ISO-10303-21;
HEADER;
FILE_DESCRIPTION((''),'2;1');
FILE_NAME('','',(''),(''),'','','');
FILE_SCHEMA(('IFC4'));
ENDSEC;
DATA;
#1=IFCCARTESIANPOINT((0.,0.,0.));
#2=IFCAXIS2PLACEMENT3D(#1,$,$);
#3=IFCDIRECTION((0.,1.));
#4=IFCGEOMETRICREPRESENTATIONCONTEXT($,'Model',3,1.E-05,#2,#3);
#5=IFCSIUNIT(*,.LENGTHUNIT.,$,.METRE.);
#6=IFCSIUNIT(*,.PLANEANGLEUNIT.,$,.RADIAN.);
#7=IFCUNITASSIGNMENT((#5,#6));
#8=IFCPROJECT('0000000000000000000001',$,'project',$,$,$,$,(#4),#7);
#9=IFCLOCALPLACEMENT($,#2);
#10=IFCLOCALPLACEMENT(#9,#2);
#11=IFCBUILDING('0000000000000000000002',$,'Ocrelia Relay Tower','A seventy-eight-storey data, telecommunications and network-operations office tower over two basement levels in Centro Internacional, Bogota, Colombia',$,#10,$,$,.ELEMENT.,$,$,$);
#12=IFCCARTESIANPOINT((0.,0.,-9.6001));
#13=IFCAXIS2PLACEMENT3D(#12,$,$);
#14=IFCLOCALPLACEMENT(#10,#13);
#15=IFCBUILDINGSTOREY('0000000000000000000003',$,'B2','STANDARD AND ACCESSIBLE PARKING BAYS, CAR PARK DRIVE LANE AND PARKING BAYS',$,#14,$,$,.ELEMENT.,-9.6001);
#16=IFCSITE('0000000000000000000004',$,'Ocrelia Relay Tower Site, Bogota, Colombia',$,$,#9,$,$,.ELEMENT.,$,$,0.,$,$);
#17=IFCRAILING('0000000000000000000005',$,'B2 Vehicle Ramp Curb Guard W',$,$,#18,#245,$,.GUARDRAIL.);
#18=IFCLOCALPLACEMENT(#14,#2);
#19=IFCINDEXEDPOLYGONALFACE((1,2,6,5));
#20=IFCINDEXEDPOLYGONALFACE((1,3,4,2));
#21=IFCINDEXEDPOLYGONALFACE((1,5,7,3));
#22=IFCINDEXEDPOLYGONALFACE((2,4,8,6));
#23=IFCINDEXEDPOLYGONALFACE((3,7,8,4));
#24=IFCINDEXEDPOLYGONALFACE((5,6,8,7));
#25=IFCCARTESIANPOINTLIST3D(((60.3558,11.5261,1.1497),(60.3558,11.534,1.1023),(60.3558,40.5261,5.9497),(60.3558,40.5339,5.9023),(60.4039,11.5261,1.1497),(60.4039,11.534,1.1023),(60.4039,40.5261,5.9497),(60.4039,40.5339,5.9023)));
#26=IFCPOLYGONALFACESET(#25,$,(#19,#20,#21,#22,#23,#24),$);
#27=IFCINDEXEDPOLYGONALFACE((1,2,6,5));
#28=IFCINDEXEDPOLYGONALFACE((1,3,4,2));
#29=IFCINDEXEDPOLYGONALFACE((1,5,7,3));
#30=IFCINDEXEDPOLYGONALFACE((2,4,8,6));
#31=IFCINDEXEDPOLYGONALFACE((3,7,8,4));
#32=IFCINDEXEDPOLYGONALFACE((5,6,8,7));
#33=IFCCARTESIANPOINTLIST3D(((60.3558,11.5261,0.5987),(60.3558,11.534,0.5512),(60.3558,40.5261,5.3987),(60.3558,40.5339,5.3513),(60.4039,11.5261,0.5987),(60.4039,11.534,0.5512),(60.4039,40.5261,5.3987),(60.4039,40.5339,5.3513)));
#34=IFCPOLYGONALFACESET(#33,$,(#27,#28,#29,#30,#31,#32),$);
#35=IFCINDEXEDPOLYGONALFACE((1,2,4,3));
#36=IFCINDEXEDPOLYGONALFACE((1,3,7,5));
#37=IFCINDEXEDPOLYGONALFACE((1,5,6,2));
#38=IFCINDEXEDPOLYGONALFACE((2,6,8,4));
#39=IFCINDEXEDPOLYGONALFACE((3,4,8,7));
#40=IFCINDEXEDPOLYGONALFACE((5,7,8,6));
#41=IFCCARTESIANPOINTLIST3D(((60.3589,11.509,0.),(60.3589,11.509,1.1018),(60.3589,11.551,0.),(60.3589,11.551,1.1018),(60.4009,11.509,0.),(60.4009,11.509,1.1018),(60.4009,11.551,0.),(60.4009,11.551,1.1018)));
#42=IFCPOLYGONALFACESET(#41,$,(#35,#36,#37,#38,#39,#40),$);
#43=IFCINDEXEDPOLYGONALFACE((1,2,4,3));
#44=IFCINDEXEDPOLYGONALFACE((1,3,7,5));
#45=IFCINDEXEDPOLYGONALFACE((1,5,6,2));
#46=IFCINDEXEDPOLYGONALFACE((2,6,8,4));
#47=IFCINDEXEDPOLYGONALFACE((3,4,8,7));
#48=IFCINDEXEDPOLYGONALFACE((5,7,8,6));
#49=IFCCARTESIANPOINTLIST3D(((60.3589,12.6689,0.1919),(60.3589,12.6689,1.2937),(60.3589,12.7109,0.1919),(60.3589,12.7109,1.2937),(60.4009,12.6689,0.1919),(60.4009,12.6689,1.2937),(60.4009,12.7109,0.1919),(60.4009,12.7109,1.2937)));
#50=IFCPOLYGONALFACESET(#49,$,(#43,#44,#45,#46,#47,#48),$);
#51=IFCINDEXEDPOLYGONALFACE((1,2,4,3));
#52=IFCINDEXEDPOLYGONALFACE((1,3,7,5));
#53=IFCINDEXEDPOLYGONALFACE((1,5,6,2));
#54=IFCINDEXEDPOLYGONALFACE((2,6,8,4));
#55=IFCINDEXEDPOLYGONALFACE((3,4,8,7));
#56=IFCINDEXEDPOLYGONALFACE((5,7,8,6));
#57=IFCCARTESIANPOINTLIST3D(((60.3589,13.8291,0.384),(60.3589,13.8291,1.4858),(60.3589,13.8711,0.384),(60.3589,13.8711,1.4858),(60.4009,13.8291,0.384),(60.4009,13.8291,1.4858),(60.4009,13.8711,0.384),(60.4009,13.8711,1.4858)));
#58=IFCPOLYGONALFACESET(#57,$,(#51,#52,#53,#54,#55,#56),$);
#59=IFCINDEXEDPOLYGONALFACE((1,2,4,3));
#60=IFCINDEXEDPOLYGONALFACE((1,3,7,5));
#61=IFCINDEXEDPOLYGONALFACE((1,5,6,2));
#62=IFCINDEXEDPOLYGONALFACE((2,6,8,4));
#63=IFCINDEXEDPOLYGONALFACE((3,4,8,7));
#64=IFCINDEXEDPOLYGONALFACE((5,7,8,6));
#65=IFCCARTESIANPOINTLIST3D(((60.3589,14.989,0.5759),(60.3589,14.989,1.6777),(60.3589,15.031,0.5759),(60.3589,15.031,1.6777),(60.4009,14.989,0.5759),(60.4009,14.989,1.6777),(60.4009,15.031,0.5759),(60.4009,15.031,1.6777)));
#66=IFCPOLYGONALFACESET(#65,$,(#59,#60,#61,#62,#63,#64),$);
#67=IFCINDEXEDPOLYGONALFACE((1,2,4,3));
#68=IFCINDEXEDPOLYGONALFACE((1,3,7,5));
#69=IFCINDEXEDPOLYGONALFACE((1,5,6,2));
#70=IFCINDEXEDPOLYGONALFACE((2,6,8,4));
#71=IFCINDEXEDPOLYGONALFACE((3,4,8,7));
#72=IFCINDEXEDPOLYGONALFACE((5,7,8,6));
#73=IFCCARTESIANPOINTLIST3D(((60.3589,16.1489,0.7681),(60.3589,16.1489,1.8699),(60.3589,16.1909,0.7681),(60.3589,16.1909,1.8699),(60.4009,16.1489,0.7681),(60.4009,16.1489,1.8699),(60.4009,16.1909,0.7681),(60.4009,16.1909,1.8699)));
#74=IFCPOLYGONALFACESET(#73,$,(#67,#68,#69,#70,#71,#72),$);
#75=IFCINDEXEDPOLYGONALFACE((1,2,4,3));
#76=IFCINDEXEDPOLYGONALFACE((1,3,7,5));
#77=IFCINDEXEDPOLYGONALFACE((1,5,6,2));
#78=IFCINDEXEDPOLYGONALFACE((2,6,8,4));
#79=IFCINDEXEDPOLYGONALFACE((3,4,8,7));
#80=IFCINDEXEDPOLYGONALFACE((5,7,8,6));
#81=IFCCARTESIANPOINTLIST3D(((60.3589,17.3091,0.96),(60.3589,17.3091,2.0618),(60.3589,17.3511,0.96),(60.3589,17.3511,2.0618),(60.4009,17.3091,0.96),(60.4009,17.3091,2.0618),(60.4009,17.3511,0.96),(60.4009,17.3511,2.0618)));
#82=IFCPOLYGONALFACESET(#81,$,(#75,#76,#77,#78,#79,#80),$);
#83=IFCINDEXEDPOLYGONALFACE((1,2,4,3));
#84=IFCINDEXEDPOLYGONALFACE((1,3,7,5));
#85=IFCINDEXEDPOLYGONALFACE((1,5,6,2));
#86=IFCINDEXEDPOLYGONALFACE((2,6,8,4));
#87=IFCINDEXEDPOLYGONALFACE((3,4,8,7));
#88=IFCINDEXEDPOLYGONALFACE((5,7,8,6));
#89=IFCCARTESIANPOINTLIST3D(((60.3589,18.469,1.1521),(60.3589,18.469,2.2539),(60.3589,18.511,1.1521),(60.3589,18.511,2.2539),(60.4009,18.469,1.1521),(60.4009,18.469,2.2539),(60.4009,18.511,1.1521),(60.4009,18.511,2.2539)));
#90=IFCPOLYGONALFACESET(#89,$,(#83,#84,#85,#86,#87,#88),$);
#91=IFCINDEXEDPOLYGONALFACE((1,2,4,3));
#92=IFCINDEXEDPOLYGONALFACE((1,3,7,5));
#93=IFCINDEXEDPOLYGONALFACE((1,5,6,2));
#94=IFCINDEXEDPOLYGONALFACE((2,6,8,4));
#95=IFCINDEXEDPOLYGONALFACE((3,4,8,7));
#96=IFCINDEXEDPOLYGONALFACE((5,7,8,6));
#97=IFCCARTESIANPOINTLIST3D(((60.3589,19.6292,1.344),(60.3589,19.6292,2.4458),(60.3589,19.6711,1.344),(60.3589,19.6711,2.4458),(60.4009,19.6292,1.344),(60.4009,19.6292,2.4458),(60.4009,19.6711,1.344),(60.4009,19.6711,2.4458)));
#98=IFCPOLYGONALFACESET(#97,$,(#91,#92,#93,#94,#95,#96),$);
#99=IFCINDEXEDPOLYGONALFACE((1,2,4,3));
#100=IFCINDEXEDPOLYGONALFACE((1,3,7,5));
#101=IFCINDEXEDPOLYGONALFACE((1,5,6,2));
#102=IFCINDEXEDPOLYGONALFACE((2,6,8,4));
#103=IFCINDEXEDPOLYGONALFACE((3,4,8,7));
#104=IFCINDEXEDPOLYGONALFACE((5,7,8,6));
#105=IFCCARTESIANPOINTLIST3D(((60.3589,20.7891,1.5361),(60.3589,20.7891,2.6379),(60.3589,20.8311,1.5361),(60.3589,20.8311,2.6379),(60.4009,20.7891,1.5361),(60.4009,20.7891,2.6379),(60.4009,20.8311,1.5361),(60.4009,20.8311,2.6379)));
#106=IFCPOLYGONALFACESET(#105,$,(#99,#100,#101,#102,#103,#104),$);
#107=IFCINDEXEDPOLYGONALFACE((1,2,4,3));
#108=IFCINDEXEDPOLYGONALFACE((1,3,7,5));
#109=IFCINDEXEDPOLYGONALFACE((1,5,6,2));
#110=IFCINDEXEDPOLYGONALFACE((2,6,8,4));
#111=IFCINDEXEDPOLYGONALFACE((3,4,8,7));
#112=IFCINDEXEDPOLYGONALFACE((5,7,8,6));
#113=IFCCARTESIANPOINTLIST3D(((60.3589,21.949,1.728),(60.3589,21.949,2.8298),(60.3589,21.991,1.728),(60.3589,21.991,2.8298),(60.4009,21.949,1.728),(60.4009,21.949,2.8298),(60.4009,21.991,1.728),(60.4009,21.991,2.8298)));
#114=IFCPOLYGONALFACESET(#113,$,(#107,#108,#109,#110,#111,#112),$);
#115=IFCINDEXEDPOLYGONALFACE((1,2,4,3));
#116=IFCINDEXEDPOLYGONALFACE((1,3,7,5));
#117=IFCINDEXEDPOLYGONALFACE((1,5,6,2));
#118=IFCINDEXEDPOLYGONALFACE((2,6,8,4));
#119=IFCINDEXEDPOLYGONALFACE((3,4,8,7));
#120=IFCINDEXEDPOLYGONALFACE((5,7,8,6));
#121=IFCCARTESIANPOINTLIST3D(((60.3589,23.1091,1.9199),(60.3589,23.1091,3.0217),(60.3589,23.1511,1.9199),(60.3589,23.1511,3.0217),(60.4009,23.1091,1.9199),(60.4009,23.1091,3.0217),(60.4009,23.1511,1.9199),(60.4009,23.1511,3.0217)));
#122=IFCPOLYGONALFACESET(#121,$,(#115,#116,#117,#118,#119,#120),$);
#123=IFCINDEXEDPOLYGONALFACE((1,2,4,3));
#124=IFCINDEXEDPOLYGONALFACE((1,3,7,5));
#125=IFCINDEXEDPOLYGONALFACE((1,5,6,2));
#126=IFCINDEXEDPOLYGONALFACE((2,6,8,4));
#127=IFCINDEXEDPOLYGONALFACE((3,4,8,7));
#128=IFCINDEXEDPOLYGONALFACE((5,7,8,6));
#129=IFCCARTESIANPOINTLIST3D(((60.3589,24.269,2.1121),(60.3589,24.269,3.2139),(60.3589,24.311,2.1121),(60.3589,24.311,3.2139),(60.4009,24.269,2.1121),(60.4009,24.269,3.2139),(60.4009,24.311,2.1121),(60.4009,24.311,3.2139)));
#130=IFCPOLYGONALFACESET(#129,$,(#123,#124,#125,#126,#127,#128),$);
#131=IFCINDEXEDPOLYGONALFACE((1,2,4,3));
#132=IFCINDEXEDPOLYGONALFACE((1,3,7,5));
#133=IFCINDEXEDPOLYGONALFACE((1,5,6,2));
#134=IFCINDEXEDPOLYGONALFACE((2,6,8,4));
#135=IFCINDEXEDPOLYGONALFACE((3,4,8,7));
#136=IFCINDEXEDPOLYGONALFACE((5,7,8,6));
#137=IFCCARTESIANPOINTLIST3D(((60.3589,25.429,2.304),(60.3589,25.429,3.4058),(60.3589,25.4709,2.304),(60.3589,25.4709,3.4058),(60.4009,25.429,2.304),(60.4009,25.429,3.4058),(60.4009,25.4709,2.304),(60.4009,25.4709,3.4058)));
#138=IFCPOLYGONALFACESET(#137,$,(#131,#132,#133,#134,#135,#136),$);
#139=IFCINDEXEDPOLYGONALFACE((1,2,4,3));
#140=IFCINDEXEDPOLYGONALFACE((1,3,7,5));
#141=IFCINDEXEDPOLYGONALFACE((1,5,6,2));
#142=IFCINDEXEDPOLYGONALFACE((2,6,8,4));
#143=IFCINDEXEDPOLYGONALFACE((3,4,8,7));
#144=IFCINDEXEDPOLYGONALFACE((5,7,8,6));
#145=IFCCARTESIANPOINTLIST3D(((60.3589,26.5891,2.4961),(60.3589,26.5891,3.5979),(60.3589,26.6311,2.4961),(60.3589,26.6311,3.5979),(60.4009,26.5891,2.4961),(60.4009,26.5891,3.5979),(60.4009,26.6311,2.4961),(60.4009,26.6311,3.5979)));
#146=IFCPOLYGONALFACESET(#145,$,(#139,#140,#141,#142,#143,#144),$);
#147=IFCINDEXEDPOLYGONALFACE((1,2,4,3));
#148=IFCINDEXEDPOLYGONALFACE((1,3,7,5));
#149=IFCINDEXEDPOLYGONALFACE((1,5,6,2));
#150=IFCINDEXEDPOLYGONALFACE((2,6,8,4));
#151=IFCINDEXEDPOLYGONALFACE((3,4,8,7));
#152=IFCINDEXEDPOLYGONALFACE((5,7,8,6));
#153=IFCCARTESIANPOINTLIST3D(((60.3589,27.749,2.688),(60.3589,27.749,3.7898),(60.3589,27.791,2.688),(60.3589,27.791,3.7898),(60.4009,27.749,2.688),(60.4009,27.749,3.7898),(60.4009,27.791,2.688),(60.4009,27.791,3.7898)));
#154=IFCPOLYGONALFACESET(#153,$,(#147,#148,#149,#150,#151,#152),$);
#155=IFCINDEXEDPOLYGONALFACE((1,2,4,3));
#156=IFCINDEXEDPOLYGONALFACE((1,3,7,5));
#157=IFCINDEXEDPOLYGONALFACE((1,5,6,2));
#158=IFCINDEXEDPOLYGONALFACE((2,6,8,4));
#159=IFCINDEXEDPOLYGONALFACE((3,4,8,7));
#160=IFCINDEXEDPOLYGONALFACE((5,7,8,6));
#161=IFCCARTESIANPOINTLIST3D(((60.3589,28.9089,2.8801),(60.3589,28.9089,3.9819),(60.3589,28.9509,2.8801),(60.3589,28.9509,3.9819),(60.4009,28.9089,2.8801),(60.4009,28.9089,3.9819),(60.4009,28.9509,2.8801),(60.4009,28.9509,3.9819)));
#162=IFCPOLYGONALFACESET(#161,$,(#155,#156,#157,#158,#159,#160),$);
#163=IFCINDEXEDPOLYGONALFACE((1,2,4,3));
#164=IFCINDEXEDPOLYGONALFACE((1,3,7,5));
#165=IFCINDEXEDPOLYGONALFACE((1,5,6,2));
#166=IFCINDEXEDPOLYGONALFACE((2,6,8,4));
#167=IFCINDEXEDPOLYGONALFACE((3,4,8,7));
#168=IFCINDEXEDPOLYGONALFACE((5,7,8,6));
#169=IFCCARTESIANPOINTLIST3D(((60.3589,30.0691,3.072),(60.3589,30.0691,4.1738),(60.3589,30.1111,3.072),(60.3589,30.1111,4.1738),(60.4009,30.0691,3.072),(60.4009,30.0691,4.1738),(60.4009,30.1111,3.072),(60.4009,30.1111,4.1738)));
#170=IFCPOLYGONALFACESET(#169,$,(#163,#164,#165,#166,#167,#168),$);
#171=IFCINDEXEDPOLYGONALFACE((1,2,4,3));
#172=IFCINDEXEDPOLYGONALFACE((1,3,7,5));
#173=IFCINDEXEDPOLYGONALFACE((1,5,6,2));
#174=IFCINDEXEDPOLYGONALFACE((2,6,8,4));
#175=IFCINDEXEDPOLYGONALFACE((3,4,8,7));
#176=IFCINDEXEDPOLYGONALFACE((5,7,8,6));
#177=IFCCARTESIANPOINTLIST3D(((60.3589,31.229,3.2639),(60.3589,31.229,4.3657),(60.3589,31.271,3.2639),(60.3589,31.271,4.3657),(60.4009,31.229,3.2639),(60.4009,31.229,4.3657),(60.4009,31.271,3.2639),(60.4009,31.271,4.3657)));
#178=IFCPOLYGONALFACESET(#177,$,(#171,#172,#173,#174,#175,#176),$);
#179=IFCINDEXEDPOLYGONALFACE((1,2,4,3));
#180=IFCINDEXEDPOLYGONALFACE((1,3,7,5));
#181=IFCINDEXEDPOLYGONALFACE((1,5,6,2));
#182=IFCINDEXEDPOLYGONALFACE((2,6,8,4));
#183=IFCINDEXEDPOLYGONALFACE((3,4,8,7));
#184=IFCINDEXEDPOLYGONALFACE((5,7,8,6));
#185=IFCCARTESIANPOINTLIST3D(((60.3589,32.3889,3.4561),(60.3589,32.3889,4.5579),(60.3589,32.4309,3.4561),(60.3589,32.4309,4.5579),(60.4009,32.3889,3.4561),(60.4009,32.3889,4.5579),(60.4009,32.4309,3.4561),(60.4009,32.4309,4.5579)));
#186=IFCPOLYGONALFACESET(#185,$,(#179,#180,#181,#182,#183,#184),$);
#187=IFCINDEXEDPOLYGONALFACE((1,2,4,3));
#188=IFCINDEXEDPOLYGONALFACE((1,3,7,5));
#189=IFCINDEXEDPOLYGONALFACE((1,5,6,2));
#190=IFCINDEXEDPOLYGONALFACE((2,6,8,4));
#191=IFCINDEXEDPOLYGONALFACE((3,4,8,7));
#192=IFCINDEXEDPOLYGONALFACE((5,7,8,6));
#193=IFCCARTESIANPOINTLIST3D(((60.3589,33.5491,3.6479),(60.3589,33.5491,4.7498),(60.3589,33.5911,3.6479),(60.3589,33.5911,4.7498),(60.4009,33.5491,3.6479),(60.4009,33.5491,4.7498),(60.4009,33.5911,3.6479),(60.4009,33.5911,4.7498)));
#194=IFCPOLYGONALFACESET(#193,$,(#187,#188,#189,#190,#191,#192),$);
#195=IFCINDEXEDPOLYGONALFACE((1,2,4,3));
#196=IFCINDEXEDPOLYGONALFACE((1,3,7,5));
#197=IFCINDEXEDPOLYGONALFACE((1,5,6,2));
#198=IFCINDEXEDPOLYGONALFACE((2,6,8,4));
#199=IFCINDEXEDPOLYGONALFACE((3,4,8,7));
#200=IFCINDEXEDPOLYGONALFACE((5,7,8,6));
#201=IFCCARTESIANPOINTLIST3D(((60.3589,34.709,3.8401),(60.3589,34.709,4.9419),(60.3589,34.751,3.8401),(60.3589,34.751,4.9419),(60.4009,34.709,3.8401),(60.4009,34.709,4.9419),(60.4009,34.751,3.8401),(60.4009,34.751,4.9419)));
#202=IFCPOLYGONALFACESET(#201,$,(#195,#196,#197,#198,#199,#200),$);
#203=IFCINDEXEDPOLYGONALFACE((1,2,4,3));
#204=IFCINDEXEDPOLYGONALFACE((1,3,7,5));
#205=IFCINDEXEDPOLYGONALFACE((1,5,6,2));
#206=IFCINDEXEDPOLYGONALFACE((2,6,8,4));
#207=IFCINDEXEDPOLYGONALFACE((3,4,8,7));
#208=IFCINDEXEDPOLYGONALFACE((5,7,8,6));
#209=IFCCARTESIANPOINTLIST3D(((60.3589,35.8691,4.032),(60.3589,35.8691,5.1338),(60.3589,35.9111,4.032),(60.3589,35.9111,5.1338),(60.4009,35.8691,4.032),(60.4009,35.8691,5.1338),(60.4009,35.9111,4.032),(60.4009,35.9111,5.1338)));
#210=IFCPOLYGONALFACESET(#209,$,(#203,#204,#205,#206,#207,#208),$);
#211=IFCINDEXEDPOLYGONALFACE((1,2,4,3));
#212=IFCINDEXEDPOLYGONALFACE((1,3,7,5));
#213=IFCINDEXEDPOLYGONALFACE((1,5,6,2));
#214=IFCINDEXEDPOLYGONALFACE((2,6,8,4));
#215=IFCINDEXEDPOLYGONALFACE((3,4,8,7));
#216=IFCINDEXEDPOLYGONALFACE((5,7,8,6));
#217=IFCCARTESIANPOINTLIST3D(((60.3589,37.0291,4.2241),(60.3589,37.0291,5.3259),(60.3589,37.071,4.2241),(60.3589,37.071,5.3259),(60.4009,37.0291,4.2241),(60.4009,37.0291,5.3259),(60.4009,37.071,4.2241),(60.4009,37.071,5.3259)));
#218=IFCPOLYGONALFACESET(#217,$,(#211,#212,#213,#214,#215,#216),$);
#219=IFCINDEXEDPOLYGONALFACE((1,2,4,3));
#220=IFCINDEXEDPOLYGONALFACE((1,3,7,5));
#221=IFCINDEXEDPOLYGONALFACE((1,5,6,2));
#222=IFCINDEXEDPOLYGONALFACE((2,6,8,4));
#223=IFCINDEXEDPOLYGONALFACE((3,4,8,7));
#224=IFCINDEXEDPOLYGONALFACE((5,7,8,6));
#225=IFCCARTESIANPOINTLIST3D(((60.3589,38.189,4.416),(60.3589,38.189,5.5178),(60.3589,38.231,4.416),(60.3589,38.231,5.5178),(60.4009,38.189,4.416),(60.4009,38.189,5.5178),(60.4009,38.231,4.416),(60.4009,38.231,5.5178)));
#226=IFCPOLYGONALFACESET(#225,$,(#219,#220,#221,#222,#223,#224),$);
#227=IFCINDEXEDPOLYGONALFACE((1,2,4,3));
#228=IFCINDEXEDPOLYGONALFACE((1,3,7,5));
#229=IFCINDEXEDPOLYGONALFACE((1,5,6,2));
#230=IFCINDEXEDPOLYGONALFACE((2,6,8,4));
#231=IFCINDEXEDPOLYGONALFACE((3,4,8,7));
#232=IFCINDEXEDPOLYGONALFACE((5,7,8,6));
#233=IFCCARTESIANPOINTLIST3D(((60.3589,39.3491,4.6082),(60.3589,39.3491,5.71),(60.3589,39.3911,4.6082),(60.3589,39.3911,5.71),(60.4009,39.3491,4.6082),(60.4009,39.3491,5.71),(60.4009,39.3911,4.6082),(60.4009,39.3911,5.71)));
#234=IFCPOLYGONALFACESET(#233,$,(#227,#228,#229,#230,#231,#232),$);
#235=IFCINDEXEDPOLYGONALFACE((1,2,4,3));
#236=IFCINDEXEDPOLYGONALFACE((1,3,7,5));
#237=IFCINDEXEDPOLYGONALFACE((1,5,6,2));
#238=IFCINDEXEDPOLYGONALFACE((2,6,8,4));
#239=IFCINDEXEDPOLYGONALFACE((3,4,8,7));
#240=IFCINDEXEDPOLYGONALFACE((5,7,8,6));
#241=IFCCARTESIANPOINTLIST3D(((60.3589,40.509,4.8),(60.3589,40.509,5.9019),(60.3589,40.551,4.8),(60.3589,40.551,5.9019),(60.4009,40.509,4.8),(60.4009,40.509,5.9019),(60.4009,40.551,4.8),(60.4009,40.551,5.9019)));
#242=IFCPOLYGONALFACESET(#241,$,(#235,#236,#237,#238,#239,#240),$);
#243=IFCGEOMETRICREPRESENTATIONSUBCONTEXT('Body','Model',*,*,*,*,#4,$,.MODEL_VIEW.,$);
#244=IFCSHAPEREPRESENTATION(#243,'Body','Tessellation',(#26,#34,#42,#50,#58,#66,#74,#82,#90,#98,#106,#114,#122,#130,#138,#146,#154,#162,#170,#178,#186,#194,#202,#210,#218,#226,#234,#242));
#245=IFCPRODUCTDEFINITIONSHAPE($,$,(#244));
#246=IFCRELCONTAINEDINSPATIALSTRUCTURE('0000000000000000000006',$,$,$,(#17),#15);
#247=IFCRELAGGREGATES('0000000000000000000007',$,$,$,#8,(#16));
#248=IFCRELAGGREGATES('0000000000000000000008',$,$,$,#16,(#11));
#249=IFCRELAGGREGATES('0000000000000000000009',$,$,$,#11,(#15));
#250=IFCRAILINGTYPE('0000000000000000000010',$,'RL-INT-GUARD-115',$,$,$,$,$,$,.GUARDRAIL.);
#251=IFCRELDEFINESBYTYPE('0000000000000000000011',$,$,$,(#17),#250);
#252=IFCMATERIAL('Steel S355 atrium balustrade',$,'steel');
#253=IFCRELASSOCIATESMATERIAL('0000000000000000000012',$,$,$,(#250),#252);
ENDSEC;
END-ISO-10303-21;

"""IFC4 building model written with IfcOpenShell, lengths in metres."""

from ifc_helpers import new_model, si_unit, direction, frame, origin, origin_2d, place, context, subcontext, project, spatial, rectangle, extrude, material, type_object, element, save


model = new_model("IFC4")

# Units and contexts
model_context = context("Model", 3, precision=1e-05, world=origin(), true_north=direction((0.0, 1.0)))
body_context = subcontext(model_context, "Body", "Model", "MODEL_VIEW")
ifc_project = project(units=[si_unit("LENGTHUNIT", "METRE"), si_unit("PLANEANGLEUNIT", "RADIAN")], contexts=[model_context])

# Site, building, storey
site_placement = place(None, origin())
site = spatial("IfcSite", under=ifc_project, at=site_placement, Name="Ocrelia Relay Tower Site, Bogota, Colombia", CompositionType="ELEMENT", RefElevation=0.0)
building_placement = place(site_placement, origin())
building = spatial("IfcBuilding", under=site, at=building_placement, Name="Ocrelia Relay Tower", Description="A seventy-eight-storey data, telecommunications and network-operations office tower over two basement levels in Centro Internacional, Bogota, Colombia", CompositionType="ELEMENT")
storey_placement = place(building_placement, frame((0.0, 0.0, -9.6001)))
storey = spatial("IfcBuildingStorey", under=building, at=storey_placement, Name="B2", Description="STANDARD AND ACCESSIBLE PARKING BAYS, CAR PARK DRIVE LANE AND PARKING BAYS", CompositionType="ELEMENT", Elevation=-9.6001)

# Railing
ifc_material_1 = material(Name="Steel S355 atrium balustrade", Category="steel")
railing_type = type_object("IfcRailingType", Name="RL-INT-GUARD-115", PredefinedType="GUARDRAIL", material=ifc_material_1)
railing_1_placement = place(storey_placement, frame((60.3799, 11.53, 0.0)))
element("IfcRailing", 1, at=railing_1_placement, inside=storey, type_object=railing_type, Name="B2 Vehicle Ramp Curb Guard W", PredefinedType="GUARDRAIL", context=body_context, shape_type="SweptSolid", body=[
    extrude(rectangle(XDim=0.0481, YDim=0.0481, at=origin_2d()), frame((0.0, 0.0, 1.126), z_axis=(0.0, 0.986577, 0.163297), x_axis=(-1.0, 0.0, 0.0)), (0.0, 0.0, 1.0), 29.3945),
    extrude(rectangle(XDim=0.0481, YDim=0.0481, at=origin_2d()), frame((0.0, 0.0, 0.575), z_axis=(0.0, 0.986577, 0.163297), x_axis=(-1.0, 0.0, 0.0)), (0.0, 0.0, 1.0), 29.3945),
    extrude(rectangle(XDim=0.042, YDim=0.042, at=origin_2d()), origin(), (0.0, 0.0, 1.0), 1.1018),
    extrude(rectangle(XDim=0.042, YDim=0.042, at=origin_2d()), frame((0.0, 1.1599, 0.1919)), (0.0, 0.0, 1.0), 1.1018),
    extrude(rectangle(XDim=0.042, YDim=0.042, at=origin_2d()), frame((0.0, 2.3201, 0.384)), (0.0, 0.0, 1.0), 1.1018),
    extrude(rectangle(XDim=0.042, YDim=0.042, at=origin_2d()), frame((0.0, 3.48, 0.5759)), (0.0, 0.0, 1.0), 1.1018),
    extrude(rectangle(XDim=0.042, YDim=0.042, at=origin_2d()), frame((0.0, 4.6399, 0.7681)), (0.0, 0.0, 1.0), 1.1018),
    extrude(rectangle(XDim=0.042, YDim=0.042, at=origin_2d()), frame((0.0, 5.8, 0.96)), (0.0, 0.0, 1.0), 1.1018),
    extrude(rectangle(XDim=0.042, YDim=0.042, at=origin_2d()), frame((0.0, 6.96, 1.1521)), (0.0, 0.0, 1.0), 1.1018),
    extrude(rectangle(XDim=0.042, YDim=0.042, at=origin_2d()), frame((0.0, 8.1201, 1.344)), (0.0, 0.0, 1.0), 1.1018),
    extrude(rectangle(XDim=0.042, YDim=0.042, at=origin_2d()), frame((0.0, 9.28, 1.5361)), (0.0, 0.0, 1.0), 1.1018),
    extrude(rectangle(XDim=0.042, YDim=0.042, at=origin_2d()), frame((0.0, 10.4399, 1.728)), (0.0, 0.0, 1.0), 1.1018),
    extrude(rectangle(XDim=0.042, YDim=0.042, at=origin_2d()), frame((0.0, 11.6001, 1.9199)), (0.0, 0.0, 1.0), 1.1018),
    extrude(rectangle(XDim=0.042, YDim=0.042, at=origin_2d()), frame((0.0, 12.76, 2.1121)), (0.0, 0.0, 1.0), 1.1018),
    extrude(rectangle(XDim=0.042, YDim=0.042, at=origin_2d()), frame((0.0, 13.9199, 2.304)), (0.0, 0.0, 1.0), 1.1018),
    extrude(rectangle(XDim=0.042, YDim=0.042, at=origin_2d()), frame((0.0, 15.0801, 2.4961)), (0.0, 0.0, 1.0), 1.1018),
    extrude(rectangle(XDim=0.042, YDim=0.042, at=origin_2d()), frame((0.0, 16.24, 2.688)), (0.0, 0.0, 1.0), 1.1018),
    extrude(rectangle(XDim=0.042, YDim=0.042, at=origin_2d()), frame((0.0, 17.3999, 2.8801)), (0.0, 0.0, 1.0), 1.1018),
    extrude(rectangle(XDim=0.042, YDim=0.042, at=origin_2d()), frame((0.0, 18.5601, 3.072)), (0.0, 0.0, 1.0), 1.1018),
    extrude(rectangle(XDim=0.042, YDim=0.042, at=origin_2d()), frame((0.0, 19.72, 3.2639)), (0.0, 0.0, 1.0), 1.1018),
    extrude(rectangle(XDim=0.042, YDim=0.042, at=origin_2d()), frame((0.0, 20.8799, 3.4561)), (0.0, 0.0, 1.0), 1.1018),
    extrude(rectangle(XDim=0.042, YDim=0.042, at=origin_2d()), frame((0.0, 22.04, 3.6479)), (0.0, 0.0, 1.0), 1.1018),
    extrude(rectangle(XDim=0.042, YDim=0.042, at=origin_2d()), frame((0.0, 23.2, 3.8401)), (0.0, 0.0, 1.0), 1.1018),
    extrude(rectangle(XDim=0.042, YDim=0.042, at=origin_2d()), frame((0.0, 24.3601, 4.032)), (0.0, 0.0, 1.0), 1.1018),
    extrude(rectangle(XDim=0.042, YDim=0.042, at=origin_2d()), frame((0.0, 25.52, 4.2241)), (0.0, 0.0, 1.0), 1.1018),
    extrude(rectangle(XDim=0.042, YDim=0.042, at=origin_2d()), frame((0.0, 26.6799, 4.416)), (0.0, 0.0, 1.0), 1.1018),
    extrude(rectangle(XDim=0.042, YDim=0.042, at=origin_2d()), frame((0.0, 27.8401, 4.6082)), (0.0, 0.0, 1.0), 1.1018),
    extrude(rectangle(XDim=0.042, YDim=0.042, at=origin_2d()), frame((0.0, 29.0, 4.8)), (0.0, 0.0, 1.0), 1.1018),
])

save(model, "model.ifc")
